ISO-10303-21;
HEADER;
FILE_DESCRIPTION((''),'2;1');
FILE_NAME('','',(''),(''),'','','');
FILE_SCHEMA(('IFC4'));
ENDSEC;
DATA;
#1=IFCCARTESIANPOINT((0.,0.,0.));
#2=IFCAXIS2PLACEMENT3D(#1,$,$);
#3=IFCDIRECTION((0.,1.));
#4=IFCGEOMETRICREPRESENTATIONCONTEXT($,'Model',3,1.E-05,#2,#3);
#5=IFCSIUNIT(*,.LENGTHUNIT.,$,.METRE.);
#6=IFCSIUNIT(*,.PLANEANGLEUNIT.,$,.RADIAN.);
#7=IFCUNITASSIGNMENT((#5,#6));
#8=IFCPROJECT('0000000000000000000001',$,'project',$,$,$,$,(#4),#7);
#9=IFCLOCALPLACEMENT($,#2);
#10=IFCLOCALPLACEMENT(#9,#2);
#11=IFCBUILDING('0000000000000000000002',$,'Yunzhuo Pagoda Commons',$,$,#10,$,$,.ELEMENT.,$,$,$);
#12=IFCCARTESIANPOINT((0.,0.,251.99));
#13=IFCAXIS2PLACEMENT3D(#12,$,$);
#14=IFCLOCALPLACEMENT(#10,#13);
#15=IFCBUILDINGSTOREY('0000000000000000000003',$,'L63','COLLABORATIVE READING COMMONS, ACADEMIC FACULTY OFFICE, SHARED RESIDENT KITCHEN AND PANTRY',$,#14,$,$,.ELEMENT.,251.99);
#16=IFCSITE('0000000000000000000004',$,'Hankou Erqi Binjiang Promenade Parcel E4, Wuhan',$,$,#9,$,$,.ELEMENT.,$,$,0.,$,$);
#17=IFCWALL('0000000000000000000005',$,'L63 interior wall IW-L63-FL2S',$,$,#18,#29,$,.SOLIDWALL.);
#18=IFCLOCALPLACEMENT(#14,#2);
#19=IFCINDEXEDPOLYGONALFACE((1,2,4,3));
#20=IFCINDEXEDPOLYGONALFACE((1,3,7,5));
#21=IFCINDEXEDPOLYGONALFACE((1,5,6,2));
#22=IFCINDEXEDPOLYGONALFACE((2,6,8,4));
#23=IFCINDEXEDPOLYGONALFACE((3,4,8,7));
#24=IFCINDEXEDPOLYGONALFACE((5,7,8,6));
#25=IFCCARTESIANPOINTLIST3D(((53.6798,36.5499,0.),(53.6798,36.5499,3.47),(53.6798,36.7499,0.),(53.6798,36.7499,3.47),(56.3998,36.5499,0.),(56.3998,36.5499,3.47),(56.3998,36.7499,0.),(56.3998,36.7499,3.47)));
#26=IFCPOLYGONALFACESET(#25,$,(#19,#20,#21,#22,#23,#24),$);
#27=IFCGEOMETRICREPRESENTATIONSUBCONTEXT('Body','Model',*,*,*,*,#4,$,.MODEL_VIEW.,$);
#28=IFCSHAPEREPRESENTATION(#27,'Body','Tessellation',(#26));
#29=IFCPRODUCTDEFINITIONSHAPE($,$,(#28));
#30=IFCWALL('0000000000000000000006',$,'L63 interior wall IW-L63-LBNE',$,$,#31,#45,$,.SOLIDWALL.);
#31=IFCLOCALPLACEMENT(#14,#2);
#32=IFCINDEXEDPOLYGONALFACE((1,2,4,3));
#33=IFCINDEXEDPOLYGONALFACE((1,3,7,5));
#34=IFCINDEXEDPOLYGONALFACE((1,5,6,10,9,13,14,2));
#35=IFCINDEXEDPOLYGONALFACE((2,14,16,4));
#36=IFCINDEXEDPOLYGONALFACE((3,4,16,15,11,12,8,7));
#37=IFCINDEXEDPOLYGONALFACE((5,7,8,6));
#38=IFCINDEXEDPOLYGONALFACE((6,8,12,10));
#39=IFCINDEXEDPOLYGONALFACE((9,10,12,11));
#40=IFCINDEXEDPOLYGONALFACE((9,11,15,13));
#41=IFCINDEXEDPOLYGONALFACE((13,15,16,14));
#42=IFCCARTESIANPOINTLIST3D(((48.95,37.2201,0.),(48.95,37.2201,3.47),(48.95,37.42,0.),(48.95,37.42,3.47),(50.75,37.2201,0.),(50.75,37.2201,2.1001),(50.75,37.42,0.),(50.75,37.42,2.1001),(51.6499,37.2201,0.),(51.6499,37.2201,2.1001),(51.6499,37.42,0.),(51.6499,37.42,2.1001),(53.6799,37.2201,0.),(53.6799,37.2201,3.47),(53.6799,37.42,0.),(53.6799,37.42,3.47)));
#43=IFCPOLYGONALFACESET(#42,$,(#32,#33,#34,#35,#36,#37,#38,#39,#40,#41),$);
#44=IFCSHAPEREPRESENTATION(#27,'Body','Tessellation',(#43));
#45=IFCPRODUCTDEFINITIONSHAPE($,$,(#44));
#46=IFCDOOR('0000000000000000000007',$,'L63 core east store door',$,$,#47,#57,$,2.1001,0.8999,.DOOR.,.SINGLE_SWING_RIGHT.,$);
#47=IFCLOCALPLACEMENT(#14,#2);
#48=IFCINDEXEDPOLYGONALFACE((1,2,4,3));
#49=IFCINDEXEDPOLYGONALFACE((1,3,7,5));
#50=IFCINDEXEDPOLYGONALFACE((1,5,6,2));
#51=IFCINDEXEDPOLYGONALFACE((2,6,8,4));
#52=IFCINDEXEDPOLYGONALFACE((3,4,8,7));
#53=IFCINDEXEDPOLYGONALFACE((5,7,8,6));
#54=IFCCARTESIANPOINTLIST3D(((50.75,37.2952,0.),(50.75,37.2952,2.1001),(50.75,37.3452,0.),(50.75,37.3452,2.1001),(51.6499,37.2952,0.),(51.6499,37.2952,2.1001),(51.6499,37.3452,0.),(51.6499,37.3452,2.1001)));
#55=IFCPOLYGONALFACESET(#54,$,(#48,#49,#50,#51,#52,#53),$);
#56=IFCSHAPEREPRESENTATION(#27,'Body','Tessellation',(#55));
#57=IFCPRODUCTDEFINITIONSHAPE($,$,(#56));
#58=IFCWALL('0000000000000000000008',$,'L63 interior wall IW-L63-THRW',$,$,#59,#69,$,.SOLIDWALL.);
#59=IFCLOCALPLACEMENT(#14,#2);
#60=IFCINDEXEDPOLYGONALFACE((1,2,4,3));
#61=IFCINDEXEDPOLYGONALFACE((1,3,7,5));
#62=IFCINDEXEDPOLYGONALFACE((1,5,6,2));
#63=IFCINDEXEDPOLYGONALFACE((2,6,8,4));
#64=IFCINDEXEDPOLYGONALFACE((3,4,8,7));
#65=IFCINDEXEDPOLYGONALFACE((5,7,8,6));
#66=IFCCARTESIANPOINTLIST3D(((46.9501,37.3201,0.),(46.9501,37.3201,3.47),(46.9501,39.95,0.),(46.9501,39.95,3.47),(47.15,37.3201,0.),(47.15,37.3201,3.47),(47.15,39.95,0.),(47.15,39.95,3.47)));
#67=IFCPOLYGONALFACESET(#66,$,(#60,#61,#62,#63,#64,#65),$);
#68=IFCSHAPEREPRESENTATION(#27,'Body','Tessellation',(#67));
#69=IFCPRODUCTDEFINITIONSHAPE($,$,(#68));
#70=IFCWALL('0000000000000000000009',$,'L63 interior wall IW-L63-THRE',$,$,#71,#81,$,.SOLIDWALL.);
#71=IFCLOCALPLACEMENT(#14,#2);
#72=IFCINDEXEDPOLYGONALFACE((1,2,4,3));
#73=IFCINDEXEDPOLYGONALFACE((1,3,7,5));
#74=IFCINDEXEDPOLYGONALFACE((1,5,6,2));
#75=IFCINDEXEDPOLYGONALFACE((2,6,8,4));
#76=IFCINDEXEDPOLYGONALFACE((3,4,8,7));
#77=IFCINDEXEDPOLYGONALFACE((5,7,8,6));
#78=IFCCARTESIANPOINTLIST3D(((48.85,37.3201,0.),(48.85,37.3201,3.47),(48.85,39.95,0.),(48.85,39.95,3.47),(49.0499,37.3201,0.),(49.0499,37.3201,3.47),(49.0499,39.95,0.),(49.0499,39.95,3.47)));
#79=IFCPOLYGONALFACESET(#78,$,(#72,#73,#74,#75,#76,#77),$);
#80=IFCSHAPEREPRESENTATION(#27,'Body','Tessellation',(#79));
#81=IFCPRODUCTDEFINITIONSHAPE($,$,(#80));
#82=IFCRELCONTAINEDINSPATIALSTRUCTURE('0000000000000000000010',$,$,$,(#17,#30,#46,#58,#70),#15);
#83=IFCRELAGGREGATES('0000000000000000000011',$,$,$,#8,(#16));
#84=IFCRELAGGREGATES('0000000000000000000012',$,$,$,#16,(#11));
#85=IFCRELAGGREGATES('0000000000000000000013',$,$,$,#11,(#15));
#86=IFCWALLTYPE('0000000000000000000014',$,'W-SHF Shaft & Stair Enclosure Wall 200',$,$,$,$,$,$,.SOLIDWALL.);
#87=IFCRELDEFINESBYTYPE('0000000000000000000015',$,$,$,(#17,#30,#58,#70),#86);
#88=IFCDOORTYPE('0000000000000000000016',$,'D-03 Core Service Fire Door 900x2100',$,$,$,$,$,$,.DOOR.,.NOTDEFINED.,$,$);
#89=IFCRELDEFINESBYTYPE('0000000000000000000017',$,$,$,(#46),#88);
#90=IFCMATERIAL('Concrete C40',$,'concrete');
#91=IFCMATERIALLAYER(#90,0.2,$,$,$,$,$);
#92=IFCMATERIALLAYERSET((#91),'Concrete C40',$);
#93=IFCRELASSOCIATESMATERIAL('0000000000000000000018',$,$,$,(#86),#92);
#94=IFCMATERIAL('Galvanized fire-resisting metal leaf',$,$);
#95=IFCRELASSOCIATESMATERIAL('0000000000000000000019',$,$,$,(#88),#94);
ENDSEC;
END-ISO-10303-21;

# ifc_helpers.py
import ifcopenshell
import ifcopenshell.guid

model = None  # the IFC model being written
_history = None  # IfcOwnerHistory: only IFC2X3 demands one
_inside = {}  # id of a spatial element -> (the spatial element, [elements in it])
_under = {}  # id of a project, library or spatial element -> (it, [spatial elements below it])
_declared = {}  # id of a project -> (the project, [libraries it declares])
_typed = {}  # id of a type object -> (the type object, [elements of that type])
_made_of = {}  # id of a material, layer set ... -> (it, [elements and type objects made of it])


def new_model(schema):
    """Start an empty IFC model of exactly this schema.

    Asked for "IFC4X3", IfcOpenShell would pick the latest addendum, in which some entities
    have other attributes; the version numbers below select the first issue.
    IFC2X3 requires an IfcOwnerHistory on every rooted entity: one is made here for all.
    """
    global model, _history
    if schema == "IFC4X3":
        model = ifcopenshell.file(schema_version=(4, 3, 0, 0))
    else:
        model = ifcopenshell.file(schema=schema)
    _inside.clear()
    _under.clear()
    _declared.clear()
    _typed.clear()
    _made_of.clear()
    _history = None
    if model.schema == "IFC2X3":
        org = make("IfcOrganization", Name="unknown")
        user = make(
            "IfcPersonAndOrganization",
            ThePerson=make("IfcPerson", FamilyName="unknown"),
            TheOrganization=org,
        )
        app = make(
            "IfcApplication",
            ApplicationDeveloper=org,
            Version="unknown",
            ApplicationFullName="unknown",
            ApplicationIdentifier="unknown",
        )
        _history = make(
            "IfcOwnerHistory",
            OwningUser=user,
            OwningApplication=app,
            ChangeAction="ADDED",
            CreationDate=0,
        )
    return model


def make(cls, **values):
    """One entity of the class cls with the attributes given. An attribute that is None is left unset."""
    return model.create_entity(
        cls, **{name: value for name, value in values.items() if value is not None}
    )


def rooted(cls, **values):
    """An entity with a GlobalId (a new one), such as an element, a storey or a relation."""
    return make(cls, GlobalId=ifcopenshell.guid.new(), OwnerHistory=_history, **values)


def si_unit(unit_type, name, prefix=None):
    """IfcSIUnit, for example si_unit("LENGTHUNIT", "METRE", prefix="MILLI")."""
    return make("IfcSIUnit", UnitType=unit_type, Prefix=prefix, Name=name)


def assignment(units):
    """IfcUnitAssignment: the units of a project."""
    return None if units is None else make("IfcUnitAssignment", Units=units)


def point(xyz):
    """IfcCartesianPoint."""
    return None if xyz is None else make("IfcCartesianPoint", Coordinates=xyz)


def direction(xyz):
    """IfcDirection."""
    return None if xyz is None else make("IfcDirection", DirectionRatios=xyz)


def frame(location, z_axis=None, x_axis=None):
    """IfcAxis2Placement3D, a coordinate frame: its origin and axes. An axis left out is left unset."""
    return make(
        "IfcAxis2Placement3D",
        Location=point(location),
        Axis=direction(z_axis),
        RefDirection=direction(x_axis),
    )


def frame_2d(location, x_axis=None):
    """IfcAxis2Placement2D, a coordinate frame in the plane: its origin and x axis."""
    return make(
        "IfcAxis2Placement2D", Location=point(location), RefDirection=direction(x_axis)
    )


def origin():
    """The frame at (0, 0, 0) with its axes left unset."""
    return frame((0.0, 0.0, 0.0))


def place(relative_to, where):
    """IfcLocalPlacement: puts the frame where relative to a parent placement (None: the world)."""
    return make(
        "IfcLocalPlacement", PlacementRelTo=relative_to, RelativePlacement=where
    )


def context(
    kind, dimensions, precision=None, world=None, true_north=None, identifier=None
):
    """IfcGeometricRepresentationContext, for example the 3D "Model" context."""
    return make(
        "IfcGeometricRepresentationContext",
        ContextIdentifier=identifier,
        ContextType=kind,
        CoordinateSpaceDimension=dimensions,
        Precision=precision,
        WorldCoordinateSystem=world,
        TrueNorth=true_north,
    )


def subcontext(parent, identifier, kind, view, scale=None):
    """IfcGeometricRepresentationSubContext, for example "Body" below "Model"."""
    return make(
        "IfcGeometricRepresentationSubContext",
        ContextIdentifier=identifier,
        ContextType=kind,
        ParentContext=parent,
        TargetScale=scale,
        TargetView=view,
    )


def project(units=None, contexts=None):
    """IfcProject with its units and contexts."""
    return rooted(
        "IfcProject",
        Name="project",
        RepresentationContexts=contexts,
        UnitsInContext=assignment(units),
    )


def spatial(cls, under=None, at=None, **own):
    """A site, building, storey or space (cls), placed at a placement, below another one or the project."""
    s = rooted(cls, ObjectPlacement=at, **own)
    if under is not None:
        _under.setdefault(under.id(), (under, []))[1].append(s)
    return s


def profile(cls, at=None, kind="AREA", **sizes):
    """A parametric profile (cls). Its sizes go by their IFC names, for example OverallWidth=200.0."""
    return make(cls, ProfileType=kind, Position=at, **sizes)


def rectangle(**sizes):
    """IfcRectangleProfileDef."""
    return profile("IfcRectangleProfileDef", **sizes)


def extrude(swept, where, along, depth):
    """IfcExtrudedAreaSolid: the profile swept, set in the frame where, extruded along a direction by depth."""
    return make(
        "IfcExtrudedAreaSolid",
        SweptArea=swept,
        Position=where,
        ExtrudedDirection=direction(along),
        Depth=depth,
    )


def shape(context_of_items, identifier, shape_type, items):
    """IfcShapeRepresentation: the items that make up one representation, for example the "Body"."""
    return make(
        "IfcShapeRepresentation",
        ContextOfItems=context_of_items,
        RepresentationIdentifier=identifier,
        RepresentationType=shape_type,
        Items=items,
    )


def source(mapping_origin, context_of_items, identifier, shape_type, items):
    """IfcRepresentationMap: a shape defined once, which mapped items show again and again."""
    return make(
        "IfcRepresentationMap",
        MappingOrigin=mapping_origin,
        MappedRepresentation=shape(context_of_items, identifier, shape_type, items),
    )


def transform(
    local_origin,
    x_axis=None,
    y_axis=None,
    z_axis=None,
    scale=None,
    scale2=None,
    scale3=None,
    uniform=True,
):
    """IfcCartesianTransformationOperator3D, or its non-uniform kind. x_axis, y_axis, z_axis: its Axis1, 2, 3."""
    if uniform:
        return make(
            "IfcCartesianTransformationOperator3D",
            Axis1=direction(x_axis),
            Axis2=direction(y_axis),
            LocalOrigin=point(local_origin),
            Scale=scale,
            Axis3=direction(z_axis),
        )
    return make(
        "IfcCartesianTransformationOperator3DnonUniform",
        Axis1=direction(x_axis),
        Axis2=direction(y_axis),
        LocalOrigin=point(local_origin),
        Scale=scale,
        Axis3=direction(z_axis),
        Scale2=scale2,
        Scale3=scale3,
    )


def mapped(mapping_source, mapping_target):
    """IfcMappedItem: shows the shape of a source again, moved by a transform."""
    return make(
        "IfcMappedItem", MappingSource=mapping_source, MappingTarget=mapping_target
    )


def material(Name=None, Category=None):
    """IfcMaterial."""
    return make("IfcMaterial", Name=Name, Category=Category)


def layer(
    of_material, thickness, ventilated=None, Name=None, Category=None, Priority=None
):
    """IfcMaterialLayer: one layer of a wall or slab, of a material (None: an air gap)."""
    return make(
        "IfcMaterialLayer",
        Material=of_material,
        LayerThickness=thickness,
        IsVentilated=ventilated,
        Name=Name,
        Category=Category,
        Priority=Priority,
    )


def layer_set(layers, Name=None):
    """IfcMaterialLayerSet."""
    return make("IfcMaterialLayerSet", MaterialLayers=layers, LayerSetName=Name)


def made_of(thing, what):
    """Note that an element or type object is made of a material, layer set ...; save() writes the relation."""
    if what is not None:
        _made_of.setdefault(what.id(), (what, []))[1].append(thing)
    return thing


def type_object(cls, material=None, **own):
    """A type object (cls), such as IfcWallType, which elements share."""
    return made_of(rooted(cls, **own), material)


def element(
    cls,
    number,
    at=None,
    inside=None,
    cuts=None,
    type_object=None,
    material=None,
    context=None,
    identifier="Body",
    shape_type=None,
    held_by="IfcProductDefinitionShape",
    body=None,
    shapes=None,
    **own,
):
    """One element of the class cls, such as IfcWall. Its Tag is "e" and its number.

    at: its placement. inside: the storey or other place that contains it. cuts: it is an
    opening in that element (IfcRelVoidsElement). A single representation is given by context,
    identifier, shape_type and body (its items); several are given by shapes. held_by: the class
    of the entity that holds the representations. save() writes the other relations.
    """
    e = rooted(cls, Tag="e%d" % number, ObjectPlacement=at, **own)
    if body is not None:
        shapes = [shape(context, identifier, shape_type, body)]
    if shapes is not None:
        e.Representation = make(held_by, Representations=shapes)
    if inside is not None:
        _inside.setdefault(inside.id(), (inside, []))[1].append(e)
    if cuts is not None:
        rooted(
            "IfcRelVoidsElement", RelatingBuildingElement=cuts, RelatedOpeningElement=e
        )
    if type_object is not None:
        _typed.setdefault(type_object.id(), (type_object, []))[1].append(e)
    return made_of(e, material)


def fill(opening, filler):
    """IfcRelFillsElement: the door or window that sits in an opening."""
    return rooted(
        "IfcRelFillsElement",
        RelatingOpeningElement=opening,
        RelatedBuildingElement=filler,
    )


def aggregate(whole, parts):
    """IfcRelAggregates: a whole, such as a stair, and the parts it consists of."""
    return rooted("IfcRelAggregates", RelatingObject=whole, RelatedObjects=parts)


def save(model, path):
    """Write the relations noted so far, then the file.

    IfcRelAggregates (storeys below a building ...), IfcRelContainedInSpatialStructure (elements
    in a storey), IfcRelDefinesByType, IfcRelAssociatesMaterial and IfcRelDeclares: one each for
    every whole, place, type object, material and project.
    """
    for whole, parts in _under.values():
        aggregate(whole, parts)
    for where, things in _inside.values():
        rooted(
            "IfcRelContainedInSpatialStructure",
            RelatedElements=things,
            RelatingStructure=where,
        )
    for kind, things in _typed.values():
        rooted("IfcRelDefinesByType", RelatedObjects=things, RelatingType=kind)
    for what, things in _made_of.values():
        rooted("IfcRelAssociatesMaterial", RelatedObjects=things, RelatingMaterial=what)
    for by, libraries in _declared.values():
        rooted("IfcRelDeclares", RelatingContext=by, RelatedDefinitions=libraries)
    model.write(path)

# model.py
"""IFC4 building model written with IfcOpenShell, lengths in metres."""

from ifc_helpers import new_model, si_unit, direction, frame, frame_2d, origin, place, context, subcontext, project, spatial, rectangle, extrude, source, transform, mapped, material, layer, layer_set, type_object, element, fill, save


model = new_model("IFC4")

# Units and contexts
model_context = context("Model", 3, precision=1e-05, world=origin(), true_north=direction((0.0, 1.0)))
body_context = subcontext(model_context, "Body", "Model", "MODEL_VIEW")
ifc_project = project(units=[si_unit("LENGTHUNIT", "METRE"), si_unit("PLANEANGLEUNIT", "RADIAN")], contexts=[model_context])

# Site, building, storey
site_placement = place(None, origin())
site = spatial("IfcSite", under=ifc_project, at=site_placement, Name="Hankou Erqi Binjiang Promenade Parcel E4, Wuhan", CompositionType="ELEMENT", RefElevation=0.0)
building_placement = place(site_placement, origin())
building = spatial("IfcBuilding", under=site, at=building_placement, Name="Yunzhuo Pagoda Commons", CompositionType="ELEMENT")
storey_placement = place(building_placement, frame((0.0, 0.0, 251.99)))
storey = spatial("IfcBuildingStorey", under=building, at=storey_placement, Name="L63", Description="COLLABORATIVE READING COMMONS, ACADEMIC FACULTY OFFICE, SHARED RESIDENT KITCHEN AND PANTRY", CompositionType="ELEMENT", Elevation=251.99)

# Shared definitions
ifc_material_1 = material(Name="Galvanized fire-resisting metal leaf")

# Wall
ifc_material_2 = material(Name="Concrete C40", Category="concrete")
ifc_layer_1 = layer(ifc_material_2, 0.2)
ifc_layer_set_1 = layer_set([ifc_layer_1], Name="Concrete C40")
wall_type_1 = type_object("IfcWallType", Name="W-SHF Shaft & Stair Enclosure Wall 200", PredefinedType="SOLIDWALL", material=ifc_layer_set_1)
wall_1_placement = place(storey_placement, frame((53.6799, 36.6499, 0.0), z_axis=(0.0, 0.0, 1.0), x_axis=(1.0, 0.0, 0.0)))
element("IfcWall", 1, at=wall_1_placement, inside=storey, type_object=wall_type_1, Name="L63 interior wall IW-L63-FL2S", PredefinedType="SOLIDWALL", context=body_context, shape_type="SweptSolid", body=[
    extrude(rectangle(XDim=2.72, YDim=0.2, at=frame_2d((1.3599, 0.0))), origin(), (0.0, 0.0, 1.0), 3.47),
])

# Wall, opening, door
wall_2_placement = place(storey_placement, frame((48.95, 37.3201, 0.0), z_axis=(0.0, 0.0, 1.0), x_axis=(1.0, 0.0, 0.0)))
wall_2 = element("IfcWall", 2, at=wall_2_placement, inside=storey, type_object=wall_type_1, Name="L63 interior wall IW-L63-LBNE", PredefinedType="SOLIDWALL", context=body_context, shape_type="SweptSolid", body=[
    extrude(rectangle(XDim=4.73, YDim=0.2, at=frame_2d((2.365, 0.0))), origin(), (0.0, 0.0, 1.0), 3.47),
])
opening_1_placement = place(wall_2_placement, frame((1.8, 0.0, 0.0)))
opening_1 = element("IfcOpeningElement", 3, at=opening_1_placement, cuts=wall_2, PredefinedType="OPENING", context=body_context, shape_type="SweptSolid", body=[
    extrude(rectangle(XDim=0.8999, YDim=2.1001, at=frame_2d((0.45, 1.05))), frame((0.0, 0.1099, 0.0), z_axis=(0.0, -1.0, 0.0), x_axis=(1.0, 0.0, 0.0)), (0.0, 0.0, 1.0), 0.22),
])
door_type_1 = type_object("IfcDoorType", Name="D-03 Core Service Fire Door 900x2100", OperationType="NOTDEFINED", PredefinedType="DOOR", material=ifc_material_1)
shared_shape_1 = source(origin(), body_context, "Body", "SweptSolid", [
    extrude(rectangle(XDim=0.8999, YDim=2.1001, at=frame_2d((0.45, 1.05))), frame((0.0, 0.0249, 0.0), z_axis=(0.0, -1.0, 0.0), x_axis=(1.0, 0.0, 0.0)), (0.0, 0.0, 1.0), 0.05),
])
door_1_placement = place(opening_1_placement, frame((0.8999, 0.0, 0.0), z_axis=(0.0, 0.0, 1.0), x_axis=(-1.0, 0.0, 0.0)))
door_1 = element("IfcDoor", 4, at=door_1_placement, inside=storey, type_object=door_type_1, Name="L63 core east store door", OperationType="SINGLE_SWING_RIGHT", OverallHeight=2.1001, OverallWidth=0.8999, PredefinedType="DOOR", context=body_context, shape_type="MappedRepresentation", body=[
    mapped(shared_shape_1, transform((0.0, 0.0, 0.0), scale=1.0)),
])
fill(opening_1, door_1)

# Walls
for number, where, z_axis, x_axis, name in (
    (5, (47.05, 37.3201, 0.0), (0.0, 0.0, 1.0), (0.0, 1.0, 0.0), "L63 interior wall IW-L63-THRW"),
    (6, (48.95, 37.3201, 0.0), (0.0, 0.0, 1.0), (0.0, 1.0, 0.0), "L63 interior wall IW-L63-THRE"),
):
    element("IfcWall", number, at=place(storey_placement, frame(where, z_axis=z_axis, x_axis=x_axis)), inside=storey, type_object=wall_type_1, Name=name, PredefinedType="SOLIDWALL", context=body_context, shape_type="SweptSolid", body=[
        extrude(rectangle(XDim=2.6299, YDim=0.2, at=frame_2d((1.3149, 0.0))), origin(), (0.0, 0.0, 1.0), 3.47),
    ])

save(model, "model.ifc")
